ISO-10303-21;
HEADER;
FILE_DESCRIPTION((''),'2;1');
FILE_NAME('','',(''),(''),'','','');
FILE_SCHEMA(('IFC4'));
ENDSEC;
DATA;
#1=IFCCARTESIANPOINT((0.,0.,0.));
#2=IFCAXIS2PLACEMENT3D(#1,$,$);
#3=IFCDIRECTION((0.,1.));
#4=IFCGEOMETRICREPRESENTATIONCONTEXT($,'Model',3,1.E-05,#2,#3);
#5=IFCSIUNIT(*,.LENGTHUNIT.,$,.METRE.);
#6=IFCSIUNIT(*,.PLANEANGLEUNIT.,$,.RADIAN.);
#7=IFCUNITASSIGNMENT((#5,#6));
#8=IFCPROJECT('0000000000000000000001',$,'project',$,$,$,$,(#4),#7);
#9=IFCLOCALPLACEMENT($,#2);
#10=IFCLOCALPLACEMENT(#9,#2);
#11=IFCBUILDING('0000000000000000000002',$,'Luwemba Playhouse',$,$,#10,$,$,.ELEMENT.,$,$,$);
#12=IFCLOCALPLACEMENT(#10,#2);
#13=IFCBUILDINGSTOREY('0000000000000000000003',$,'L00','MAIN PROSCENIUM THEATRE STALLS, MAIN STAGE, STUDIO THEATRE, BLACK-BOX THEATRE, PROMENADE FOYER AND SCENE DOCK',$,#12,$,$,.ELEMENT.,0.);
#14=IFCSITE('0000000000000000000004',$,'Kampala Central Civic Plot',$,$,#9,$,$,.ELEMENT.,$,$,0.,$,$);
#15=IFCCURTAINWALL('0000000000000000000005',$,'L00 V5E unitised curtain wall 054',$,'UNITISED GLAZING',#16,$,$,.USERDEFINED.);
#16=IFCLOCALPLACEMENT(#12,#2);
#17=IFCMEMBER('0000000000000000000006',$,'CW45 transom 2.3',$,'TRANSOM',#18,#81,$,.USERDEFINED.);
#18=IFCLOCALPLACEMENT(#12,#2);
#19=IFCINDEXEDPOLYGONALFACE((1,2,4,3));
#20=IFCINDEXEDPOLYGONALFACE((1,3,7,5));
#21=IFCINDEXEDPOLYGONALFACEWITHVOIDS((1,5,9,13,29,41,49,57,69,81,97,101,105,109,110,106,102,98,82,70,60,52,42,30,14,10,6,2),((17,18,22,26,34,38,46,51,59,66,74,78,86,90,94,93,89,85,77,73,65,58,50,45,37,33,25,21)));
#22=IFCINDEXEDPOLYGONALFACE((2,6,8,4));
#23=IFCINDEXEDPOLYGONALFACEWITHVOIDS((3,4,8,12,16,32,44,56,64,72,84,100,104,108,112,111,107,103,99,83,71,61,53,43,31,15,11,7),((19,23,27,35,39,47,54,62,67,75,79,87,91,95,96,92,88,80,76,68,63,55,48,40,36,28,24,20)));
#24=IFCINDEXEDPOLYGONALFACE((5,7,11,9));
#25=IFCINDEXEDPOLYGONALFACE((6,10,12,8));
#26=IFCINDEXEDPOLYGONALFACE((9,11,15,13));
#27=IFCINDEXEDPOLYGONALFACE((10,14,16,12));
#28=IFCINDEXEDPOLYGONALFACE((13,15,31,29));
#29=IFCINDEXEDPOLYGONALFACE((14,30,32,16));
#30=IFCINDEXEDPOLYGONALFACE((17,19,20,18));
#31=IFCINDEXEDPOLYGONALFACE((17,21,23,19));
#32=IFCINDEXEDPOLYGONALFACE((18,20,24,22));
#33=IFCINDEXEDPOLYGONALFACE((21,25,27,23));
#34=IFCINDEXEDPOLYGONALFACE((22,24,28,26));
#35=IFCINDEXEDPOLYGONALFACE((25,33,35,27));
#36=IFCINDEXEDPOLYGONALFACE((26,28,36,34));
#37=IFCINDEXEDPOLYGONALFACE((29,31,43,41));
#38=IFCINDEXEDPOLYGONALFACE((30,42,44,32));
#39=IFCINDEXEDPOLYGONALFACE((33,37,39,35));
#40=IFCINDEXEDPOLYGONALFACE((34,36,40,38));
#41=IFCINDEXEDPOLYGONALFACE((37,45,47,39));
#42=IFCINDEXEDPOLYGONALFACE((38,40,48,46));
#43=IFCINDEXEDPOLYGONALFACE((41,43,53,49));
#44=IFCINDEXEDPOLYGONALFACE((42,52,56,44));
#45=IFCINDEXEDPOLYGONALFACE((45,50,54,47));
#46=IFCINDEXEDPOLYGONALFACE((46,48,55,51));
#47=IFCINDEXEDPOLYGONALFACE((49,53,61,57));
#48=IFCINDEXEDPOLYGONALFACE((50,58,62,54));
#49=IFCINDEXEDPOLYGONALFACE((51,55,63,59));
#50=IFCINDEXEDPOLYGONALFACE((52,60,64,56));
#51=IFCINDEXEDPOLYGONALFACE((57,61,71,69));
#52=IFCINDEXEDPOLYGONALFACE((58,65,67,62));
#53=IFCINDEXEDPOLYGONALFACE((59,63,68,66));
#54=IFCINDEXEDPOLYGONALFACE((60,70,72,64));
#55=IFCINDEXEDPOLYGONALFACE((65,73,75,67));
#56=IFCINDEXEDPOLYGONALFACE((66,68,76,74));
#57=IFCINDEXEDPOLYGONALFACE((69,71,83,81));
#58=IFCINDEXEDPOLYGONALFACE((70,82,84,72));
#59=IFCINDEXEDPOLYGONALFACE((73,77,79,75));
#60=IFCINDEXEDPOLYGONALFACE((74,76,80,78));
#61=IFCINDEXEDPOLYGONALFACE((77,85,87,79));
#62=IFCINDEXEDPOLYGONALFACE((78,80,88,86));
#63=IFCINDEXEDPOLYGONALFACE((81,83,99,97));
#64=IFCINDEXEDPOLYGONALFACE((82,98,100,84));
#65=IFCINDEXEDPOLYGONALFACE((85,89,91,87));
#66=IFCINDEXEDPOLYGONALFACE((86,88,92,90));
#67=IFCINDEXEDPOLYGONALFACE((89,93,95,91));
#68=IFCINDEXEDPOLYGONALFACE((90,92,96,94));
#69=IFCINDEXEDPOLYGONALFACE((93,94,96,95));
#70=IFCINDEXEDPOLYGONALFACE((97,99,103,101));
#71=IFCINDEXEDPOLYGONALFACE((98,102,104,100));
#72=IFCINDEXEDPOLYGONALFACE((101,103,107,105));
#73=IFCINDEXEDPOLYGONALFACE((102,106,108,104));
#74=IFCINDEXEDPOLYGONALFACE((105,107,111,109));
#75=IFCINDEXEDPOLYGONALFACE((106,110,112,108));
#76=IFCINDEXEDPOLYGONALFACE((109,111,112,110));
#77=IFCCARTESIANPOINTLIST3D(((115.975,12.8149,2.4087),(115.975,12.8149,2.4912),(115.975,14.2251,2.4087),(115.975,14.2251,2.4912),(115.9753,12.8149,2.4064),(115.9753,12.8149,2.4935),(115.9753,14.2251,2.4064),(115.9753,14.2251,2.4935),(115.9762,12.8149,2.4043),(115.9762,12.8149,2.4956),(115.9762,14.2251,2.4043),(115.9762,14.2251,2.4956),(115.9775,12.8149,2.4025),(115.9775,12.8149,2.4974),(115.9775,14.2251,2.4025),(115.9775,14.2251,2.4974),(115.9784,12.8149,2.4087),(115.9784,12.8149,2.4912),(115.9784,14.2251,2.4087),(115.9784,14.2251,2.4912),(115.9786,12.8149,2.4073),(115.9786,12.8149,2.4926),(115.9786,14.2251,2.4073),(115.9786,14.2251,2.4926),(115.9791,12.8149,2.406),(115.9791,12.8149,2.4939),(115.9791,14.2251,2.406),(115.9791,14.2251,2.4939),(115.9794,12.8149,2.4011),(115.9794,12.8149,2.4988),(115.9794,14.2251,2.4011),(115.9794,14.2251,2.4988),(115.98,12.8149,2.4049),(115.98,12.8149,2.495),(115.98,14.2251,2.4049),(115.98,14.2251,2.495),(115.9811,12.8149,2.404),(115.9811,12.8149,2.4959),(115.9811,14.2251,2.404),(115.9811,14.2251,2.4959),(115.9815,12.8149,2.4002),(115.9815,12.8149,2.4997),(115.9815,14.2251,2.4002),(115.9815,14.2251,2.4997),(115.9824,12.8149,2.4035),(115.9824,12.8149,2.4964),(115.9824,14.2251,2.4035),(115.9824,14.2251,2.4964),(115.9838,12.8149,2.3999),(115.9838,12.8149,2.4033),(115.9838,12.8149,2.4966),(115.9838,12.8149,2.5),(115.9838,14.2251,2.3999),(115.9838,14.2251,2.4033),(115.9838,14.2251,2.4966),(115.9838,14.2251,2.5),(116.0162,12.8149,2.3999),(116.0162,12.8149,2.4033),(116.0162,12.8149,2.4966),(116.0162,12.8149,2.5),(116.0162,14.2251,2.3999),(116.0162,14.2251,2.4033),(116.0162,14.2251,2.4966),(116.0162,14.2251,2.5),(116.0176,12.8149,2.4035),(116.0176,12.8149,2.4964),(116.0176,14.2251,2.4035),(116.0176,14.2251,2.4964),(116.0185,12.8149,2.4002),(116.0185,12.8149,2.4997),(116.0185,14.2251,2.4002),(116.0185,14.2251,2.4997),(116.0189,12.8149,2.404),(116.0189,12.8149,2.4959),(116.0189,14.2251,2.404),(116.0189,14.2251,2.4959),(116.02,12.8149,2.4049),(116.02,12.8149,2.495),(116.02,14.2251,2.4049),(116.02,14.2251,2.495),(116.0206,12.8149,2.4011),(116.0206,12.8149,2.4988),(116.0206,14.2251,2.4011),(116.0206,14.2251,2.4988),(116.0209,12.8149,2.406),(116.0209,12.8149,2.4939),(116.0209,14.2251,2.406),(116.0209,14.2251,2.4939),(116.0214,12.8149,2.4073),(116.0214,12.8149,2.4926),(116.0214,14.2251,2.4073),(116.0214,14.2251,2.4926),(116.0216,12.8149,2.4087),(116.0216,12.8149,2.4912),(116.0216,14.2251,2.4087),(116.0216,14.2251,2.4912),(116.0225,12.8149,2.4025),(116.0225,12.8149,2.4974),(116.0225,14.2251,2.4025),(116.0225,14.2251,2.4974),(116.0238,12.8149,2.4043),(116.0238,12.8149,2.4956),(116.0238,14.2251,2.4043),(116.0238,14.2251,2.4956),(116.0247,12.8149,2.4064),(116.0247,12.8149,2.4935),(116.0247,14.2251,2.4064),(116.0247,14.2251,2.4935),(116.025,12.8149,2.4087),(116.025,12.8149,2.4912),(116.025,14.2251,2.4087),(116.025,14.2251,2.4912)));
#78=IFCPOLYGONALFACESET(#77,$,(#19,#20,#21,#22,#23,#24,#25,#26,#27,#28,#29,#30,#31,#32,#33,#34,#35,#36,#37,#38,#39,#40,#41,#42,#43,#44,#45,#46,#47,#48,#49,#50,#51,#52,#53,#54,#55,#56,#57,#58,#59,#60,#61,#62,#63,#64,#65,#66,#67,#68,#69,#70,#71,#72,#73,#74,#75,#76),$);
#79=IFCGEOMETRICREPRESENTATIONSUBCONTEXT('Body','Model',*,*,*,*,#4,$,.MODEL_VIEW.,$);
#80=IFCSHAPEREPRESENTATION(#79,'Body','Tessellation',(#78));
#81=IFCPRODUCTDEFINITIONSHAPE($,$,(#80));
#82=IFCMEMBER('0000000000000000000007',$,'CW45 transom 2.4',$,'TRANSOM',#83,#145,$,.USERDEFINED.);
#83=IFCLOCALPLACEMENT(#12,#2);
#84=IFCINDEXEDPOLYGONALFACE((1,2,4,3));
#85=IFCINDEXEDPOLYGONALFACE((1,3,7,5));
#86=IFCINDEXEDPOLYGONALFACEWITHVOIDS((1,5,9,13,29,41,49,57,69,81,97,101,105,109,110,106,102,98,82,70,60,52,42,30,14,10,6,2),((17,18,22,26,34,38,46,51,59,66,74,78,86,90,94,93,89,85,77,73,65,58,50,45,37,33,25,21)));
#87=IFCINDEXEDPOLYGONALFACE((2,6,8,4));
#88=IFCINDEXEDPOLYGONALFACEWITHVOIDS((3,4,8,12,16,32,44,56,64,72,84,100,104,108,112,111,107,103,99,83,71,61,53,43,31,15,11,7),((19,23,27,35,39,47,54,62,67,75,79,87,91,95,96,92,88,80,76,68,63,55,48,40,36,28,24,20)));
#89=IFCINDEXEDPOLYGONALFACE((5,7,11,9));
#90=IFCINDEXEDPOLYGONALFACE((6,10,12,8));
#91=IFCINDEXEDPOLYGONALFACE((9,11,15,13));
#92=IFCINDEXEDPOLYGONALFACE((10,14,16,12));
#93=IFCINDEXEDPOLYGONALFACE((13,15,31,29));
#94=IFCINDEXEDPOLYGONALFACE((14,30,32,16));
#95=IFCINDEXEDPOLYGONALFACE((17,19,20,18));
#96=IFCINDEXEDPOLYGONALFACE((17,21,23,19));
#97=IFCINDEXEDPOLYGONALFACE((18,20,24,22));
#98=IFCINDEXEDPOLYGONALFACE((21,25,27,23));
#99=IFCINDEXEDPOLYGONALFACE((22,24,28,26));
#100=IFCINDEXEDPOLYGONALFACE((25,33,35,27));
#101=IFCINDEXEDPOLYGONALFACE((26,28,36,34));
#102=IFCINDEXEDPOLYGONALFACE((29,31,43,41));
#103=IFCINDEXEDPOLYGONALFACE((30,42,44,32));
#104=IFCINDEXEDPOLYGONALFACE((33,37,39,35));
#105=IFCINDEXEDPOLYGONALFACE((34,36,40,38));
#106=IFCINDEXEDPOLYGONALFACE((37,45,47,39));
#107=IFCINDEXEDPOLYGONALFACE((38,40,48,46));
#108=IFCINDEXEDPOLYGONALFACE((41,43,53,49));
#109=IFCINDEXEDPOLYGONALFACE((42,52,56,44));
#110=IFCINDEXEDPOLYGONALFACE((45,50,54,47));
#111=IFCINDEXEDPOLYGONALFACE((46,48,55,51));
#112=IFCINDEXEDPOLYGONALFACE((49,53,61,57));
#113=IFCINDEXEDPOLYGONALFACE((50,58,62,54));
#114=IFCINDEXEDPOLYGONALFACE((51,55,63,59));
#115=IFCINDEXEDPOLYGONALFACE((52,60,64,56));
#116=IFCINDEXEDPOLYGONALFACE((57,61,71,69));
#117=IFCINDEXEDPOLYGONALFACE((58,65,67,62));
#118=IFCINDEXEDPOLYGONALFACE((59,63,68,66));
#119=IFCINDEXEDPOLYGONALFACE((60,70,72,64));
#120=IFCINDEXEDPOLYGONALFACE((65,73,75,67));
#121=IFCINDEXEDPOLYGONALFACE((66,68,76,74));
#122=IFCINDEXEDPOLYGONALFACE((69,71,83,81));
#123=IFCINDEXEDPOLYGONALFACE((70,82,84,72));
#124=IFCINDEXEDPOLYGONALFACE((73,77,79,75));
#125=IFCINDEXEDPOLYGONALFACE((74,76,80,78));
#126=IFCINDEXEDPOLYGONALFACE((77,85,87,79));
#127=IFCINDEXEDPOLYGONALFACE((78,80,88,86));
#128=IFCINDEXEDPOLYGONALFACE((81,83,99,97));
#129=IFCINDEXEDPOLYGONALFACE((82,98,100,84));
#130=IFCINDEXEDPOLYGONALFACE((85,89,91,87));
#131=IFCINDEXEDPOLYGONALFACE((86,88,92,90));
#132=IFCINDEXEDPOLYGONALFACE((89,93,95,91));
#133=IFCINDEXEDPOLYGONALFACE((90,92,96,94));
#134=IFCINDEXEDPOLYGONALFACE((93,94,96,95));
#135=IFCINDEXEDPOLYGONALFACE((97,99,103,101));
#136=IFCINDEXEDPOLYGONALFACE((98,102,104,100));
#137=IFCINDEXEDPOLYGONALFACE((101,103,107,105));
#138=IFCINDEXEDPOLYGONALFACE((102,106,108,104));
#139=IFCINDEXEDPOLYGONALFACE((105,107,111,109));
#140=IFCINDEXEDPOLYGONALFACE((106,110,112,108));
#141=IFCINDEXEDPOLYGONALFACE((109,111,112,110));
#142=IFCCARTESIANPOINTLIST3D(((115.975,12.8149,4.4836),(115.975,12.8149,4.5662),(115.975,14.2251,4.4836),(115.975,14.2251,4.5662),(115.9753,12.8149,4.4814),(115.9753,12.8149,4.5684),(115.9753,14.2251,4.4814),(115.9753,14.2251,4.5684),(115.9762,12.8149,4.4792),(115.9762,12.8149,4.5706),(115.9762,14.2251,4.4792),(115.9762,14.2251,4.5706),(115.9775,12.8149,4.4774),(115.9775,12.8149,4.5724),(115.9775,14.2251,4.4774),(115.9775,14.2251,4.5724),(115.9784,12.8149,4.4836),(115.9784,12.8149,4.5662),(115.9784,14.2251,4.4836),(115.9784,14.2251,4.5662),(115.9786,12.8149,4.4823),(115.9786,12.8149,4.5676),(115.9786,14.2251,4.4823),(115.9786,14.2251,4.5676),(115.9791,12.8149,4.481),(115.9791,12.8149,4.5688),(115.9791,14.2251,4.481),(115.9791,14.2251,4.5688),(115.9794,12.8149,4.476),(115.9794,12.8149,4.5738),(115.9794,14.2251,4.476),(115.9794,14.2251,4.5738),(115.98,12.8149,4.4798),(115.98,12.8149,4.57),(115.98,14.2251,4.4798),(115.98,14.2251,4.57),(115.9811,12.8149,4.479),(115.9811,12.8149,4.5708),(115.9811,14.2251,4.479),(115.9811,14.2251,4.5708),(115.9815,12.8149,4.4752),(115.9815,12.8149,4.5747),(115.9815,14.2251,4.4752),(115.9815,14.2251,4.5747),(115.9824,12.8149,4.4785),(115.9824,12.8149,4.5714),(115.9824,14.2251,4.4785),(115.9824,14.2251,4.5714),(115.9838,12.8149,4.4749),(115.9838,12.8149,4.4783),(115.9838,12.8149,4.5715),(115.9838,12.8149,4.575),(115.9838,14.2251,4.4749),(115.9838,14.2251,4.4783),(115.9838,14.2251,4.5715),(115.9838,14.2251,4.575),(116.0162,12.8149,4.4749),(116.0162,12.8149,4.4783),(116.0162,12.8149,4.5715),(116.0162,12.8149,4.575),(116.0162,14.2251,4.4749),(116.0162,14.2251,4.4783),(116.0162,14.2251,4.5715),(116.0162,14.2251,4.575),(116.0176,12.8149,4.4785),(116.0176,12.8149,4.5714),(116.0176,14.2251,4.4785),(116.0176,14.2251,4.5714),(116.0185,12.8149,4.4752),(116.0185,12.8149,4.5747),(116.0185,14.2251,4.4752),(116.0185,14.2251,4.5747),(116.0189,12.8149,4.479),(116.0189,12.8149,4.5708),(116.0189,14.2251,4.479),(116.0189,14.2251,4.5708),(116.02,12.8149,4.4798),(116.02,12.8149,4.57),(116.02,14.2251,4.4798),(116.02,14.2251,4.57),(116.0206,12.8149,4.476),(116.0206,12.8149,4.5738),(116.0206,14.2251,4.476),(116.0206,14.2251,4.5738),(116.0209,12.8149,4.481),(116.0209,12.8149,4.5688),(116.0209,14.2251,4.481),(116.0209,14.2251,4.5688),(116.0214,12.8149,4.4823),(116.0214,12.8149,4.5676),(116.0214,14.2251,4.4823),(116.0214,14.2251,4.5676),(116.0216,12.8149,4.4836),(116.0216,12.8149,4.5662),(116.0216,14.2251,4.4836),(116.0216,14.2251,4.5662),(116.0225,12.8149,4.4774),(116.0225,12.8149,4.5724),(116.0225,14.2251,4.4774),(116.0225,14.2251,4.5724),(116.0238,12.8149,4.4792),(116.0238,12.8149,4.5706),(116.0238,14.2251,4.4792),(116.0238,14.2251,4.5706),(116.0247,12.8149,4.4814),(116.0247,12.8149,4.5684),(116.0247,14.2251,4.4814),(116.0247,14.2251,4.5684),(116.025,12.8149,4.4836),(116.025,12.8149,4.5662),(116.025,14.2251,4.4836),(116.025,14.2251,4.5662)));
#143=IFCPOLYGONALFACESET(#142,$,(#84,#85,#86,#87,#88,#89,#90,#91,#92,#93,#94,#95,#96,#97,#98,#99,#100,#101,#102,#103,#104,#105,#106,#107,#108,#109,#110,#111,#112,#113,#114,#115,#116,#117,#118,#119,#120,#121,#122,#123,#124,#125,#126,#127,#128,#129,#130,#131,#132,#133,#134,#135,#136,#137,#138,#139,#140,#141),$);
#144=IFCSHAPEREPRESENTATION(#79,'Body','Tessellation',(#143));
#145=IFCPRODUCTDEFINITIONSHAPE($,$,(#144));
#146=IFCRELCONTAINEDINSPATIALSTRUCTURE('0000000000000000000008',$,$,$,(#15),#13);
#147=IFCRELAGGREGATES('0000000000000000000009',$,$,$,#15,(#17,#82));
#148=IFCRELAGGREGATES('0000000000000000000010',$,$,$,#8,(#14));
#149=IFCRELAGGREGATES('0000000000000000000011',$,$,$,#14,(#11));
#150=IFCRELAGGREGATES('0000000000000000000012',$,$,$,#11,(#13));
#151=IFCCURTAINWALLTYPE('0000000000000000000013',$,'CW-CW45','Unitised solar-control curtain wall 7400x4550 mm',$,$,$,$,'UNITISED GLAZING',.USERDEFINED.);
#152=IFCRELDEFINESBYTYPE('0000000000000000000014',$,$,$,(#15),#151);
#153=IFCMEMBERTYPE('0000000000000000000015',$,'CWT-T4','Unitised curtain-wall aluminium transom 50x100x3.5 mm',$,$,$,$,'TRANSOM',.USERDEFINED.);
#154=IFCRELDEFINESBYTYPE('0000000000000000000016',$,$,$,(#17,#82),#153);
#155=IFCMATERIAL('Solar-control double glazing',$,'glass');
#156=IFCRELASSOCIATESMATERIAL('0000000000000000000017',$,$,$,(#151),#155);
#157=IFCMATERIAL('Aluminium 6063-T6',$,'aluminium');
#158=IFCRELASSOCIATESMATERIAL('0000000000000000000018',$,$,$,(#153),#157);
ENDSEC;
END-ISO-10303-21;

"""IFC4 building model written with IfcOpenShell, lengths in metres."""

from ifc_helpers import new_model, si_unit, direction, frame, origin, origin_2d, place, context, subcontext, project, spatial, hollow_rectangle, extrude, material, material_profile, profile_set, type_object, element, aggregate, save


model = new_model("IFC4")

# Units and contexts
model_context = context("Model", 3, precision=1e-05, world=origin(), true_north=direction((0.0, 1.0)))
body_context = subcontext(model_context, "Body", "Model", "MODEL_VIEW")
ifc_project = project(units=[si_unit("LENGTHUNIT", "METRE"), si_unit("PLANEANGLEUNIT", "RADIAN")], contexts=[model_context])

# Site, building, storey
site_placement = place(None, origin())
site = spatial("IfcSite", under=ifc_project, at=site_placement, Name="Kampala Central Civic Plot", CompositionType="ELEMENT", RefElevation=0.0)
building_placement = place(site_placement, origin())
building = spatial("IfcBuilding", under=site, at=building_placement, Name="Luwemba Playhouse", CompositionType="ELEMENT")
storey_placement = place(building_placement, origin())
storey = spatial("IfcBuildingStorey", under=building, at=storey_placement, Name="L00", Description="MAIN PROSCENIUM THEATRE STALLS, MAIN STAGE, STUDIO THEATRE, BLACK-BOX THEATRE, PROMENADE FOYER AND SCENE DOCK", CompositionType="ELEMENT", Elevation=0.0)

# Curtain wall, members
ifc_material_1 = material(Name="Solar-control double glazing", Category="glass")
curtain_wall_type = type_object("IfcCurtainWallType", Name="CW-CW45", Description="Unitised solar-control curtain wall 7400x4550 mm", ElementType="UNITISED GLAZING", PredefinedType="USERDEFINED", material=ifc_material_1)
curtain_wall_placement = place(storey_placement, origin())
curtain_wall = element("IfcCurtainWall", 1, at=curtain_wall_placement, inside=storey, type_object=curtain_wall_type, Name="L00 V5E unitised curtain wall 054", ObjectType="UNITISED GLAZING", PredefinedType="USERDEFINED")
ifc_material_2 = material(Name="Aluminium 6063-T6", Category="aluminium")
ifc_material_profile_1 = material_profile(ifc_material_2, hollow_rectangle(XDim=0.05, YDim=0.1001, WallThickness=0.0034, InnerFilletRadius=0.0054, OuterFilletRadius=0.0088, at=origin_2d()))
ifc_profile_set_1 = profile_set([ifc_material_profile_1], Name="Aluminium 6063-T6")
member_type = type_object("IfcMemberType", Name="CWT-T4", Description="Unitised curtain-wall aluminium transom 50x100x3.5 mm", ElementType="TRANSOM", PredefinedType="USERDEFINED", material=ifc_profile_set_1)
member_1_placement = place(storey_placement, frame((116.0, 12.8149, 2.45), z_axis=(0.0, 1.0, 0.0), x_axis=(-1.0, 0.0, 0.0)))
member_1 = element("IfcMember", 2, at=member_1_placement, type_object=member_type, Name="CW45 transom 2.3", ObjectType="TRANSOM", PredefinedType="USERDEFINED", context=body_context, shape_type="SweptSolid", body=[
    extrude(hollow_rectangle(XDim=0.05, YDim=0.1001, WallThickness=0.0034, InnerFilletRadius=0.0054, OuterFilletRadius=0.0088, at=origin_2d()), origin(), (0.0, 0.0, 1.0), 1.4102),
])
member_2_placement = place(storey_placement, frame((116.0, 12.8149, 4.5249), z_axis=(0.0, 1.0, 0.0), x_axis=(-1.0, 0.0, 0.0)))
member_2 = element("IfcMember", 3, at=member_2_placement, type_object=member_type, Name="CW45 transom 2.4", ObjectType="TRANSOM", PredefinedType="USERDEFINED", context=body_context, shape_type="SweptSolid", body=[
    extrude(hollow_rectangle(XDim=0.05, YDim=0.1001, WallThickness=0.0034, InnerFilletRadius=0.0054, OuterFilletRadius=0.0088, at=origin_2d()), origin(), (0.0, 0.0, 1.0), 1.4102),
])
aggregate(curtain_wall, [member_1, member_2])

save(model, "model.ifc")
